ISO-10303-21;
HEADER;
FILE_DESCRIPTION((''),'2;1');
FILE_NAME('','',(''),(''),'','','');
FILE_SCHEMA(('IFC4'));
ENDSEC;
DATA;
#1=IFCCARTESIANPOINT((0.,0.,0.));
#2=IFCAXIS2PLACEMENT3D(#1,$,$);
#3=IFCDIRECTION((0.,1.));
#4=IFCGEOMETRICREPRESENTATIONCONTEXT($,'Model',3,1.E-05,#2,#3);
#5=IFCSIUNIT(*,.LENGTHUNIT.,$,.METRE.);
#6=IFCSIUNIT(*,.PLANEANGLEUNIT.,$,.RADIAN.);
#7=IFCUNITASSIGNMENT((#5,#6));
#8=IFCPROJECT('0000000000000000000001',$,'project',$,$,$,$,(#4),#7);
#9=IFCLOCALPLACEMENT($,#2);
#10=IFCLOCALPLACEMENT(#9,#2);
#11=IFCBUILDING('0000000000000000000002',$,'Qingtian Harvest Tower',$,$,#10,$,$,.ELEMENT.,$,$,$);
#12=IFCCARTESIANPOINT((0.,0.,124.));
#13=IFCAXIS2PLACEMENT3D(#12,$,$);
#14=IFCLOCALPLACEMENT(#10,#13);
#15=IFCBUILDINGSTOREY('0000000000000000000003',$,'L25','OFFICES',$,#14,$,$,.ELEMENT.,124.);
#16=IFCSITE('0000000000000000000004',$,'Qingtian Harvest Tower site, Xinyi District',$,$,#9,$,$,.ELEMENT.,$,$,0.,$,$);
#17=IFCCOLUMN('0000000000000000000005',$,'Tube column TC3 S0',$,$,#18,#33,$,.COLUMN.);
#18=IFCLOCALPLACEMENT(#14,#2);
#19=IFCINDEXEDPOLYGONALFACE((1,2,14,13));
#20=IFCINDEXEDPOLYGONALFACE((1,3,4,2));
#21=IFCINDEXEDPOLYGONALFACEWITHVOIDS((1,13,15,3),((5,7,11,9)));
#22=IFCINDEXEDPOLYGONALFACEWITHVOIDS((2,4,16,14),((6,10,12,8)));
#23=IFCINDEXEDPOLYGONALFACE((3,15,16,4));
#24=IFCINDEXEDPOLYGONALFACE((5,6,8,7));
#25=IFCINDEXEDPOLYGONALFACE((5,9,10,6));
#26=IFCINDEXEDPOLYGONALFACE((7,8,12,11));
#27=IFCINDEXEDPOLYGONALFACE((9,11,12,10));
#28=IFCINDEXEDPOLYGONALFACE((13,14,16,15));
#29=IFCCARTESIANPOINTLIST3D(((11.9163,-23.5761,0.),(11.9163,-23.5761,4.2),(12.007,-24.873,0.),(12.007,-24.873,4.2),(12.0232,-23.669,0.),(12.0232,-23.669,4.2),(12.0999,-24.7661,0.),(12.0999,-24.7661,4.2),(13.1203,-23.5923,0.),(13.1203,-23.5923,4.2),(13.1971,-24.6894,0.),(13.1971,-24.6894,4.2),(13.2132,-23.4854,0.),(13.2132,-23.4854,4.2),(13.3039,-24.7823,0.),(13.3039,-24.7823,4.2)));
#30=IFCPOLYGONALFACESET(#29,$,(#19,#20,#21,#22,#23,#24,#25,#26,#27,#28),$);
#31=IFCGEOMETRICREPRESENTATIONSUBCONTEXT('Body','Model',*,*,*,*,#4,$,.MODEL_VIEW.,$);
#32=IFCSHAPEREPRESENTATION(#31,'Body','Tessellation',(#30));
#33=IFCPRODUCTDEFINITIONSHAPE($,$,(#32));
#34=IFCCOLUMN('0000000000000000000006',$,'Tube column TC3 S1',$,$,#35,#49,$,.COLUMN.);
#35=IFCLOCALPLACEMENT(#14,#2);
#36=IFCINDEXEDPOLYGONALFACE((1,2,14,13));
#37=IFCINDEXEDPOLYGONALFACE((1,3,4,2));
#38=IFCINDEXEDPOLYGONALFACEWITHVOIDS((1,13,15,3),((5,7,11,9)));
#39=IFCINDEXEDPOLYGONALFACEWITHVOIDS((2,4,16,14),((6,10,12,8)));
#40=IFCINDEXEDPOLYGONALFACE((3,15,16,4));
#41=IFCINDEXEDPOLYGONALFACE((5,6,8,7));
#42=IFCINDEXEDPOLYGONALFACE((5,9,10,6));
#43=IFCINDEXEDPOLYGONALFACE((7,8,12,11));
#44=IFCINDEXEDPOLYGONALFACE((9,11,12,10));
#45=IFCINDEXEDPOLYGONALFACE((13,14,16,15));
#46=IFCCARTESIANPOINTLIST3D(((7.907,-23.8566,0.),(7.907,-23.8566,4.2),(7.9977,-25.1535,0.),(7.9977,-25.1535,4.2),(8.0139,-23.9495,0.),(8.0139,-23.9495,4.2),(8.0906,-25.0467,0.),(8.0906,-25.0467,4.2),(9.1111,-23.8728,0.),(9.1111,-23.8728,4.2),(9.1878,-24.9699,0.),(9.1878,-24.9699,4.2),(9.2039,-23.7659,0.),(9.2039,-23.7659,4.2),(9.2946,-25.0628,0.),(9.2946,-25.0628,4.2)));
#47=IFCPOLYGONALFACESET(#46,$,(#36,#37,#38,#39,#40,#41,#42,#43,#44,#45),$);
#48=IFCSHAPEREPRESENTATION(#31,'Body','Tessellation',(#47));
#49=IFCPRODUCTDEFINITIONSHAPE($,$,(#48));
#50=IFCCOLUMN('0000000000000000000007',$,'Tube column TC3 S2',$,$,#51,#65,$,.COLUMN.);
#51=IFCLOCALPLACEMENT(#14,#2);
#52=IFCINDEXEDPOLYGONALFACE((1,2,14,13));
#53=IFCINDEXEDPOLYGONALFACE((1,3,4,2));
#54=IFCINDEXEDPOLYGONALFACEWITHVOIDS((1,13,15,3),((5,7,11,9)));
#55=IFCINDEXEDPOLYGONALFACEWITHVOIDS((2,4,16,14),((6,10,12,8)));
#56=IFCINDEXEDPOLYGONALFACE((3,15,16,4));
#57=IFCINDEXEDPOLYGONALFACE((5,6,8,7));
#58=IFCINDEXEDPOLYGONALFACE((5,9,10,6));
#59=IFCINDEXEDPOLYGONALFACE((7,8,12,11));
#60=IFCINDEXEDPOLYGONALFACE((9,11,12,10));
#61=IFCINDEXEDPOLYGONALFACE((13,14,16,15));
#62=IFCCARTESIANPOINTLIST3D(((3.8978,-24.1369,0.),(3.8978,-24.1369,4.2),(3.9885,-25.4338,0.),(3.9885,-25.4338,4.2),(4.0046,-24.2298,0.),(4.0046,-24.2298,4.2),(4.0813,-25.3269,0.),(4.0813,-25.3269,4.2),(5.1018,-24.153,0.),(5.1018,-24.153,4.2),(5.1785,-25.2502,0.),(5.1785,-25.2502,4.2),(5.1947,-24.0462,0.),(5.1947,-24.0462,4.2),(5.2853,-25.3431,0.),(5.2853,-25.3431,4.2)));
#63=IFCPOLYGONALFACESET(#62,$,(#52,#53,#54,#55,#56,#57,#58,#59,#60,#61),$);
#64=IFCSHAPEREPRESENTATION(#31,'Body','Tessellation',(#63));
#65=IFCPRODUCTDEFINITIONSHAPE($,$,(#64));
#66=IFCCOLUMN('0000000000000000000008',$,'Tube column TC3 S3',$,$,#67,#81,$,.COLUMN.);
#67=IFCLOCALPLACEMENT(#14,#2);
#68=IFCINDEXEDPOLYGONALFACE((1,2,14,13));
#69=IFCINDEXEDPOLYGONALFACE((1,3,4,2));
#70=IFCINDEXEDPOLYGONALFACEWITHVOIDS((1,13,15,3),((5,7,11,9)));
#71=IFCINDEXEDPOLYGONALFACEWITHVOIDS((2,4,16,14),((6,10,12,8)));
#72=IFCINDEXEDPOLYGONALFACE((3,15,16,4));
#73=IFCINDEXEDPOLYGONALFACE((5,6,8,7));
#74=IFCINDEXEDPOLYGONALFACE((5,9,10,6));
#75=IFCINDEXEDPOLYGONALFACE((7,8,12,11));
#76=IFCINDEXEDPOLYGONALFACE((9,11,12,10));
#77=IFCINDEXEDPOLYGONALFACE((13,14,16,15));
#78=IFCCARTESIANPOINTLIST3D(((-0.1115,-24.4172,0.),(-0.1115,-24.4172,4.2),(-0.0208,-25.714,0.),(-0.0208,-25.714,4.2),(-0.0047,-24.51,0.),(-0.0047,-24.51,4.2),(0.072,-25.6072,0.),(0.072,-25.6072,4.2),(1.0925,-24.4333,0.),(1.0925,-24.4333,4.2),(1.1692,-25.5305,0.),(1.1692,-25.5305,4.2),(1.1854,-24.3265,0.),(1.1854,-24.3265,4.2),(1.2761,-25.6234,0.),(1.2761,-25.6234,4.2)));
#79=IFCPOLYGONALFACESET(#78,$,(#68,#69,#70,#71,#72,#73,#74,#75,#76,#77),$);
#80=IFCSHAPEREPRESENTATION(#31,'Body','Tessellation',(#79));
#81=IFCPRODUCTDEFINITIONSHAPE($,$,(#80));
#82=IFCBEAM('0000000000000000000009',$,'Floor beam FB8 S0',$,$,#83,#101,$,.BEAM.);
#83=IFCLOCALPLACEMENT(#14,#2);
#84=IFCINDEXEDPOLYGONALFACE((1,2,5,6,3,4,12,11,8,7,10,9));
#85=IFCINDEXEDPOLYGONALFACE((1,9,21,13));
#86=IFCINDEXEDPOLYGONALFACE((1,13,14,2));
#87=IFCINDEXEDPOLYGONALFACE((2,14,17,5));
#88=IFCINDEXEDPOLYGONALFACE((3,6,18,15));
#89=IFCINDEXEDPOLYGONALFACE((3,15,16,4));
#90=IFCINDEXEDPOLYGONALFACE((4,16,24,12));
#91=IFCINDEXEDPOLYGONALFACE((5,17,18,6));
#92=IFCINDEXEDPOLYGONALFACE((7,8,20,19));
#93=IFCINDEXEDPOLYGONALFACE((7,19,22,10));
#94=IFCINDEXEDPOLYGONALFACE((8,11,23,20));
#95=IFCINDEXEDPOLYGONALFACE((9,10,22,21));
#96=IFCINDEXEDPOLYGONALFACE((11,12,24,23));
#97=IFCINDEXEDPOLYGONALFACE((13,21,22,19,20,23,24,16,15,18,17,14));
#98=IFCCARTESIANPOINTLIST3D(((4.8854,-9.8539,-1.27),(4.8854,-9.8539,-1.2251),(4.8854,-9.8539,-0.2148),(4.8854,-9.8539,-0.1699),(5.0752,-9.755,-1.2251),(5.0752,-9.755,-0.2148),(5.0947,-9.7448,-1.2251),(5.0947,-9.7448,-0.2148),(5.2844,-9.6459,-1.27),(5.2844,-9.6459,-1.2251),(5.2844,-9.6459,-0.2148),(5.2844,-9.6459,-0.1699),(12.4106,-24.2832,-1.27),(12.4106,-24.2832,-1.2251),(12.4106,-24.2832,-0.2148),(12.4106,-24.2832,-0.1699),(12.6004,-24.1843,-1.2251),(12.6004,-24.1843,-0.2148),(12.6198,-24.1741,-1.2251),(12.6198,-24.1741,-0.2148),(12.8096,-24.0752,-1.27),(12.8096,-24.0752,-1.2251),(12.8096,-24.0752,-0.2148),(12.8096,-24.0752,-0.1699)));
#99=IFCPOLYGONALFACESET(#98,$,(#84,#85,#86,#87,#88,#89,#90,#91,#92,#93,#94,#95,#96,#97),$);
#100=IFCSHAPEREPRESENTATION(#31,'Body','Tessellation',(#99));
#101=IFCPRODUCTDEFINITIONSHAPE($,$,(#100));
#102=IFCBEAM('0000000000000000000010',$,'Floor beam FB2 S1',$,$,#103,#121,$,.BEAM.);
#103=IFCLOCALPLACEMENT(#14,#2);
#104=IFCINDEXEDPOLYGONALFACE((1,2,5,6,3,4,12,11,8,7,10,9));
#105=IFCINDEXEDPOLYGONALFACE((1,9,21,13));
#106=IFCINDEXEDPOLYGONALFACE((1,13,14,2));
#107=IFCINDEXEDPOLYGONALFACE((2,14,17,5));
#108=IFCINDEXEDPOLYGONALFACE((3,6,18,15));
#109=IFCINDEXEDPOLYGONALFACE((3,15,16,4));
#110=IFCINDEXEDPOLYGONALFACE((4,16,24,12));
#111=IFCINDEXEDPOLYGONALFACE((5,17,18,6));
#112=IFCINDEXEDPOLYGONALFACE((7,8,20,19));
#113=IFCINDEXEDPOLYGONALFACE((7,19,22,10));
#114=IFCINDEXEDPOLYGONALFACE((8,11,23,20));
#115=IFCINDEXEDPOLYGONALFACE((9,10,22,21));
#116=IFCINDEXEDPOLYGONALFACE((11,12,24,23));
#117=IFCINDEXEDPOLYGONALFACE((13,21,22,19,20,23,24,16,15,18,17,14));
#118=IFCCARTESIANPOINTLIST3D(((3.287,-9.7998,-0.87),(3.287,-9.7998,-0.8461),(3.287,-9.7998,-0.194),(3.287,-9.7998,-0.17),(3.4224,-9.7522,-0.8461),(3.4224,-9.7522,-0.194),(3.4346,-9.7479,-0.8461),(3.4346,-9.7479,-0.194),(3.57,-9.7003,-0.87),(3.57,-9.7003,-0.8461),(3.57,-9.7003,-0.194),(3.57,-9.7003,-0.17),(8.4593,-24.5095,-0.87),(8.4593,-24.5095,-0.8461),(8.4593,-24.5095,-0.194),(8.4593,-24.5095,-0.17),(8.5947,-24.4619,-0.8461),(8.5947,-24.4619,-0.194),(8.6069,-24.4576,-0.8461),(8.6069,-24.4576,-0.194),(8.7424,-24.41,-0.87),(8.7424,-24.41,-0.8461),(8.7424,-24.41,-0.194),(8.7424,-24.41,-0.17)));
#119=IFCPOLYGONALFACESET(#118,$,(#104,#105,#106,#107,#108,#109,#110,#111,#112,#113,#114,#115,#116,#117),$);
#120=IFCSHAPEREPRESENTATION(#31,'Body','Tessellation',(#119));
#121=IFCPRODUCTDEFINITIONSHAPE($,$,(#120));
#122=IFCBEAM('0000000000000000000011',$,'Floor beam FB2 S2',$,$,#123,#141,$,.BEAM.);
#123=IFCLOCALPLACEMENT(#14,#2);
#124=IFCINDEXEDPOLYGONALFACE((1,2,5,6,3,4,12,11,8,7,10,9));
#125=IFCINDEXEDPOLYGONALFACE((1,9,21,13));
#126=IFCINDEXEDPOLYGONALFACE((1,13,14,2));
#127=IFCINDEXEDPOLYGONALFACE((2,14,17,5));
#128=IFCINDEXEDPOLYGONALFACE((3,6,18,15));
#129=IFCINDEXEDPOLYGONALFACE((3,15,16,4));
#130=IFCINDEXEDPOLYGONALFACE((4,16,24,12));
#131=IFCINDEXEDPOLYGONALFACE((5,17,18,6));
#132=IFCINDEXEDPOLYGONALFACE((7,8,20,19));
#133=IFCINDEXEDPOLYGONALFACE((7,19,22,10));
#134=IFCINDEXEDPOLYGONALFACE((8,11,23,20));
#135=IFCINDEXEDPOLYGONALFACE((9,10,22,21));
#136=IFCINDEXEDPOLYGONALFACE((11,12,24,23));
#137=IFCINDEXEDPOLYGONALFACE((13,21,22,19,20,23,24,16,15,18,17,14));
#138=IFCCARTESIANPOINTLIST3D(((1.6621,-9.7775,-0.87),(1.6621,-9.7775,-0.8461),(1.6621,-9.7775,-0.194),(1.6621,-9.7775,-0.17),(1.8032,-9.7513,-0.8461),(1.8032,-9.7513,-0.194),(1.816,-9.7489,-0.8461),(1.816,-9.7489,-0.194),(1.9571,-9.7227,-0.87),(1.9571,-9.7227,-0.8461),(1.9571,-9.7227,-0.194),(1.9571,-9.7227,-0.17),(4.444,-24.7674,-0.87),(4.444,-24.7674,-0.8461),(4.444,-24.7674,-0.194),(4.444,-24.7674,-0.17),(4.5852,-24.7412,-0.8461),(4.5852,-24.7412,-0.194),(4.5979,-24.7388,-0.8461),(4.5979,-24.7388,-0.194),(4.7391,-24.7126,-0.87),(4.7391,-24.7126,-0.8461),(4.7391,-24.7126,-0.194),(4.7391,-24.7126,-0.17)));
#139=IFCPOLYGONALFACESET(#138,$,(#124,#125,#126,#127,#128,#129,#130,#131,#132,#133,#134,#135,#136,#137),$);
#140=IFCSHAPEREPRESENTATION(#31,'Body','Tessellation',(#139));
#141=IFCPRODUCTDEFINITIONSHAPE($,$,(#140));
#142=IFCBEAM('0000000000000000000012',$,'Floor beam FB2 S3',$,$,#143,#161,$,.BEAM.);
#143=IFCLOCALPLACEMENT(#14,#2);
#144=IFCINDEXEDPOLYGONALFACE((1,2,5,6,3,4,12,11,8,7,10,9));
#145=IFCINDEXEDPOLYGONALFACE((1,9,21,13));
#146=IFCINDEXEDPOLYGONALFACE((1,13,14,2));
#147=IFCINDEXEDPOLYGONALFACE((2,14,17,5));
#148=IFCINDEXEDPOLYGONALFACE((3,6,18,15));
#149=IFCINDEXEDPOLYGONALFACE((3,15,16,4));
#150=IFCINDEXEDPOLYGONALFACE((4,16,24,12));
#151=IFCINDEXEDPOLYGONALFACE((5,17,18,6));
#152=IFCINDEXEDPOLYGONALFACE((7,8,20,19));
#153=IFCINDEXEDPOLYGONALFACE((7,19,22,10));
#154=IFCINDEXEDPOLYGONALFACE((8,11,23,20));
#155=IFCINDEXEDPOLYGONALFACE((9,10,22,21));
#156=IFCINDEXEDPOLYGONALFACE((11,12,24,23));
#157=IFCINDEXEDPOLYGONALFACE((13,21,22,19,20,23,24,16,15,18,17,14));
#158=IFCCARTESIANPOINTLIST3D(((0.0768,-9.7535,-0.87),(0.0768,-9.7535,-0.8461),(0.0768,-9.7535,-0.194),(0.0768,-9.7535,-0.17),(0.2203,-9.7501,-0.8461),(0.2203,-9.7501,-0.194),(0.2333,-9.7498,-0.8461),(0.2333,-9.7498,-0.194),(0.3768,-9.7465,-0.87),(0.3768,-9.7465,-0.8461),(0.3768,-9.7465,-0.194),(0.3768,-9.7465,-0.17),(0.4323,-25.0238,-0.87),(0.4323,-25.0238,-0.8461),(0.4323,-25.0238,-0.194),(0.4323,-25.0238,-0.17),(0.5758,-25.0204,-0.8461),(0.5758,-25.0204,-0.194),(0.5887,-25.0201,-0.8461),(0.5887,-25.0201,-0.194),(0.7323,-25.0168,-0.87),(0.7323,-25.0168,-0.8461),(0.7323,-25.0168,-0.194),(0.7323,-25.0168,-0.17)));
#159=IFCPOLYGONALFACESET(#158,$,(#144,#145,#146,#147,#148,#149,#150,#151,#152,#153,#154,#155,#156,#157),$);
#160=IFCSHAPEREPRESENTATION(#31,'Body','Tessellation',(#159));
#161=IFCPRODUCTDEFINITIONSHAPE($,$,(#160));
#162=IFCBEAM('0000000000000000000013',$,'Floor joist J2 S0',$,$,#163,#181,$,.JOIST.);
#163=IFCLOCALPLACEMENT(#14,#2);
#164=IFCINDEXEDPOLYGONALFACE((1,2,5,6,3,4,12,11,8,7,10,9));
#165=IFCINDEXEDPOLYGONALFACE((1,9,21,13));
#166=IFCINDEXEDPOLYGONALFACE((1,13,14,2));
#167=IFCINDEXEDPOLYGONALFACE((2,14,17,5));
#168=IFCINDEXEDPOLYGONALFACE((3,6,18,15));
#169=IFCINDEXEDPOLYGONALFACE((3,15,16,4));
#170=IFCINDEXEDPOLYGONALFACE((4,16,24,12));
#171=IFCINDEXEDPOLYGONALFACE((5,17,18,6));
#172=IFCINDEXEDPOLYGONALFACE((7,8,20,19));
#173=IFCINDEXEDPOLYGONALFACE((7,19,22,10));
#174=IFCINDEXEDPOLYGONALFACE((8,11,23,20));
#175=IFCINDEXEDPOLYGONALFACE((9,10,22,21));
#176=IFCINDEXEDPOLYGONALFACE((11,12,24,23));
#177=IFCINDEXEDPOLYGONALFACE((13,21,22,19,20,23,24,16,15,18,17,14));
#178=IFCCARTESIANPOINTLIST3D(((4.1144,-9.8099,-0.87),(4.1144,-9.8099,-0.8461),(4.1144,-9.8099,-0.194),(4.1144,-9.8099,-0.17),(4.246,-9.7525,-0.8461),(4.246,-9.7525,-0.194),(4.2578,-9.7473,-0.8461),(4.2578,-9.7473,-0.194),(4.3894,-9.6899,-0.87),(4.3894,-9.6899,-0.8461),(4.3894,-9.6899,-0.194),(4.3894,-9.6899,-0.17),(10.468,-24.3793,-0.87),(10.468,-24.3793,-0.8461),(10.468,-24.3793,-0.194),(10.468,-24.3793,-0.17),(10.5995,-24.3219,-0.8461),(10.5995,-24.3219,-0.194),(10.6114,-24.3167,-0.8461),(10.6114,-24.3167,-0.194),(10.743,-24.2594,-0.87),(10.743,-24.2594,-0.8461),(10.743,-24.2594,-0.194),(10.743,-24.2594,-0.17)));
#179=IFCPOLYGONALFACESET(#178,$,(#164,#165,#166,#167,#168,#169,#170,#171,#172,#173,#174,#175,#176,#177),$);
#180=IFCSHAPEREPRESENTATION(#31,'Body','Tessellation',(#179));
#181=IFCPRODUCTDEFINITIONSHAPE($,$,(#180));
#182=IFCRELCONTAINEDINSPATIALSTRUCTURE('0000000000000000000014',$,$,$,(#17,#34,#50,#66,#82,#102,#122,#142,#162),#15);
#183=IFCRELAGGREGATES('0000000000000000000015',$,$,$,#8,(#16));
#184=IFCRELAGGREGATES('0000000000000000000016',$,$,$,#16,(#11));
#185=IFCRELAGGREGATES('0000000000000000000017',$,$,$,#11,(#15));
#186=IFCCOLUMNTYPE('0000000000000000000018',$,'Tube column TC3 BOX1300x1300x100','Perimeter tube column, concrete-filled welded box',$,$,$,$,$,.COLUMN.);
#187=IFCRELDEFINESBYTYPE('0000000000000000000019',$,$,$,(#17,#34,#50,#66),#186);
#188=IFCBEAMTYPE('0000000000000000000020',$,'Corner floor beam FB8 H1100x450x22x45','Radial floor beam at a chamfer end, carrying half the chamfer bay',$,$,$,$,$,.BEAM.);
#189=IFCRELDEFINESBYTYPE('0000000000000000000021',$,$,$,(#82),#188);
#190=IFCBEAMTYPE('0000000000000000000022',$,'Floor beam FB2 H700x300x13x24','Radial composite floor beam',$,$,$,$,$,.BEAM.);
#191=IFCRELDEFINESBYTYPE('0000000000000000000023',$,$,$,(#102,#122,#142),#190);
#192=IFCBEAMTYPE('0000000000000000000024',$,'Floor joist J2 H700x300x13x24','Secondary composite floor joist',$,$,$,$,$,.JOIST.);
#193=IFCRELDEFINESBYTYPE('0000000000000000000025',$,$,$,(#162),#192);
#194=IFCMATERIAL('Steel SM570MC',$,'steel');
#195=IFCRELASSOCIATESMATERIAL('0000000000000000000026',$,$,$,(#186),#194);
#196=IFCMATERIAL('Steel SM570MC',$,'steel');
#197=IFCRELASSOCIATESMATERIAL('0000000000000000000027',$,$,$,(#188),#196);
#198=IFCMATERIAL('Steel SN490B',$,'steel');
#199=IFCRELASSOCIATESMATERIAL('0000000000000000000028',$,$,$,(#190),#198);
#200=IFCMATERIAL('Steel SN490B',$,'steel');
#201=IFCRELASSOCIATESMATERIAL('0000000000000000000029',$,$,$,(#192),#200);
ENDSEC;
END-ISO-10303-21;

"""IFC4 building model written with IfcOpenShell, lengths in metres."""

from ifc_helpers import new_model, si_unit, direction, frame, origin, origin_2d, place, context, subcontext, project, spatial, hollow_rectangle, i_section, extrude, material, material_profile, profile_set, type_object, element, save


model = new_model("IFC4")

# Units and contexts
model_context = context("Model", 3, precision=1e-05, world=origin(), true_north=direction((0.0, 1.0)))
body_context = subcontext(model_context, "Body", "Model", "MODEL_VIEW")
ifc_project = project(units=[si_unit("LENGTHUNIT", "METRE"), si_unit("PLANEANGLEUNIT", "RADIAN")], contexts=[model_context])

# Site, building, storey
site_placement = place(None, origin())
site = spatial("IfcSite", under=ifc_project, at=site_placement, Name="Qingtian Harvest Tower site, Xinyi District", CompositionType="ELEMENT", RefElevation=0.0)
building_placement = place(site_placement, origin())
building = spatial("IfcBuilding", under=site, at=building_placement, Name="Qingtian Harvest Tower", CompositionType="ELEMENT")
storey_placement = place(building_placement, frame((0.0, 0.0, 124.0)))
storey = spatial("IfcBuildingStorey", under=building, at=storey_placement, Name="L25", Description="OFFICES", CompositionType="ELEMENT", Elevation=124.0)

# Columns
ifc_material_1 = material(Name="Steel SM570MC", Category="steel")
ifc_material_profile_1 = material_profile(ifc_material_1, hollow_rectangle(XDim=1.3, YDim=1.3, WallThickness=0.1001, at=origin_2d()), Name="BOX1300x1300x100")
ifc_profile_set_1 = profile_set([ifc_material_profile_1], Name="Steel SM570MC")
column_type = type_object("IfcColumnType", Name="Tube column TC3 BOX1300x1300x100", Description="Perimeter tube column, concrete-filled welded box", PredefinedType="COLUMN", material=ifc_profile_set_1)
for number, where, z_axis, x_axis, name in (
    (1, (12.6101, -24.1792, 0.0), (0.0, 0.0, 1.0), (0.997564, 0.069756, 0.0), "Tube column TC3 S0"),
    (2, (8.6008, -24.4597, 0.0), (0.0, 0.0, 1.0), (0.997564, 0.069756, 0.0), "Tube column TC3 S1"),
    (3, (4.5916, -24.74, 0.0), (0.0, 0.0, 1.0), (0.997564, 0.069756, 0.0), "Tube column TC3 S2"),
    (4, (0.5823, -25.0203, 0.0), (0.0, 0.0, 1.0), (0.997564, 0.069756, 0.0), "Tube column TC3 S3"),
):
    element("IfcColumn", number, at=place(storey_placement, frame(where, z_axis=z_axis, x_axis=x_axis)), inside=storey, type_object=column_type, Name=name, PredefinedType="COLUMN", context=body_context, shape_type="SweptSolid", body=[
        extrude(hollow_rectangle(XDim=1.3, YDim=1.3, WallThickness=0.1001, at=origin_2d()), origin(), (0.0, 0.0, 1.0), 4.2),
    ])

# Beams
ifc_material_2 = material(Name="Steel SM570MC", Category="steel")
ifc_material_profile_2 = material_profile(ifc_material_2, i_section(OverallWidth=0.45, OverallDepth=1.1001, WebThickness=0.022, FlangeThickness=0.0449, at=origin_2d()), Name="H1100x450x22x45")
ifc_profile_set_2 = profile_set([ifc_material_profile_2], Name="Steel SM570MC")
beam_type_1 = type_object("IfcBeamType", Name="Corner floor beam FB8 H1100x450x22x45", Description="Radial floor beam at a chamfer end, carrying half the chamfer bay", PredefinedType="BEAM", material=ifc_profile_set_2)
beam_1_placement = place(storey_placement, frame((12.6101, -24.1792, -0.72), z_axis=(-0.462415, 0.886664, 0.0), x_axis=(-0.886664, -0.462415, 0.0)))
element("IfcBeam", 5, at=beam_1_placement, inside=storey, type_object=beam_type_1, Name="Floor beam FB8 S0", PredefinedType="BEAM", context=body_context, shape_type="SweptSolid", body=[
    extrude(i_section(OverallWidth=0.45, OverallDepth=1.1001, WebThickness=0.022, FlangeThickness=0.0449, at=origin_2d()), origin(), (0.0, 0.0, 1.0), 16.2737),
])
ifc_material_3 = material(Name="Steel SN490B", Category="steel")
ifc_material_profile_3 = material_profile(ifc_material_3, i_section(OverallWidth=0.3, OverallDepth=0.7, WebThickness=0.0129, FlangeThickness=0.0239, at=origin_2d()), Name="H700x300x13x24")
ifc_profile_set_3 = profile_set([ifc_material_profile_3], Name="Steel SN490B")
beam_type_2 = type_object("IfcBeamType", Name="Floor beam FB2 H700x300x13x24", Description="Radial composite floor beam", PredefinedType="BEAM", material=ifc_profile_set_3)
beam_2_placement = place(storey_placement, frame((8.6008, -24.4597, -0.52), z_axis=(-0.331719, 0.943378, 0.0), x_axis=(-0.943378, -0.331719, 0.0)))
element("IfcBeam", 6, at=beam_2_placement, inside=storey, type_object=beam_type_2, Name="Floor beam FB2 S1", PredefinedType="BEAM", context=body_context, shape_type="SweptSolid", body=[
    extrude(i_section(OverallWidth=0.3, OverallDepth=0.7, WebThickness=0.0129, FlangeThickness=0.0239, at=origin_2d()), origin(), (0.0, 0.0, 1.0), 15.5925),
])
beam_3_placement = place(storey_placement, frame((4.5916, -24.74, -0.52), z_axis=(-0.182473, 0.983211, 0.0), x_axis=(-0.983211, -0.182473, 0.0)))
element("IfcBeam", 7, at=beam_3_placement, inside=storey, type_object=beam_type_2, Name="Floor beam FB2 S2", PredefinedType="BEAM", context=body_context, shape_type="SweptSolid", body=[
    extrude(i_section(OverallWidth=0.3, OverallDepth=0.7, WebThickness=0.0129, FlangeThickness=0.0239, at=origin_2d()), origin(), (0.0, 0.0, 1.0), 15.2458),
])
beam_4_placement = place(storey_placement, frame((0.5823, -25.0203, -0.52), z_axis=(-0.023272, 0.999729, 0.0), x_axis=(-0.999729, -0.023272, 0.0)))
element("IfcBeam", 8, at=beam_4_placement, inside=storey, type_object=beam_type_2, Name="Floor beam FB2 S3", PredefinedType="BEAM", context=body_context, shape_type="SweptSolid", body=[
    extrude(i_section(OverallWidth=0.3, OverallDepth=0.7, WebThickness=0.0129, FlangeThickness=0.0239, at=origin_2d()), origin(), (0.0, 0.0, 1.0), 15.2744),
])
ifc_material_4 = material(Name="Steel SN490B", Category="steel")
ifc_material_profile_4 = material_profile(ifc_material_4, i_section(OverallWidth=0.3, OverallDepth=0.7, WebThickness=0.0129, FlangeThickness=0.0239, at=origin_2d()), Name="H700x300x13x24")
ifc_profile_set_4 = profile_set([ifc_material_profile_4], Name="Steel SN490B")
beam_type_3 = type_object("IfcBeamType", Name="Floor joist J2 H700x300x13x24", Description="Secondary composite floor joist", PredefinedType="JOIST", material=ifc_profile_set_4)
beam_5_placement = place(storey_placement, frame((10.6055, -24.3193, -0.52), z_axis=(-0.399732, 0.916632, 0.0), x_axis=(-0.916632, -0.399732, 0.0)))
element("IfcBeam", 9, at=beam_5_placement, inside=storey, type_object=beam_type_3, Name="Floor joist J2 S0", PredefinedType="JOIST", context=body_context, shape_type="SweptSolid", body=[
    extrude(i_section(OverallWidth=0.3, OverallDepth=0.7, WebThickness=0.0129, FlangeThickness=0.0239, at=origin_2d()), origin(), (0.0, 0.0, 1.0), 15.8945),
])

save(model, "model.ifc")
